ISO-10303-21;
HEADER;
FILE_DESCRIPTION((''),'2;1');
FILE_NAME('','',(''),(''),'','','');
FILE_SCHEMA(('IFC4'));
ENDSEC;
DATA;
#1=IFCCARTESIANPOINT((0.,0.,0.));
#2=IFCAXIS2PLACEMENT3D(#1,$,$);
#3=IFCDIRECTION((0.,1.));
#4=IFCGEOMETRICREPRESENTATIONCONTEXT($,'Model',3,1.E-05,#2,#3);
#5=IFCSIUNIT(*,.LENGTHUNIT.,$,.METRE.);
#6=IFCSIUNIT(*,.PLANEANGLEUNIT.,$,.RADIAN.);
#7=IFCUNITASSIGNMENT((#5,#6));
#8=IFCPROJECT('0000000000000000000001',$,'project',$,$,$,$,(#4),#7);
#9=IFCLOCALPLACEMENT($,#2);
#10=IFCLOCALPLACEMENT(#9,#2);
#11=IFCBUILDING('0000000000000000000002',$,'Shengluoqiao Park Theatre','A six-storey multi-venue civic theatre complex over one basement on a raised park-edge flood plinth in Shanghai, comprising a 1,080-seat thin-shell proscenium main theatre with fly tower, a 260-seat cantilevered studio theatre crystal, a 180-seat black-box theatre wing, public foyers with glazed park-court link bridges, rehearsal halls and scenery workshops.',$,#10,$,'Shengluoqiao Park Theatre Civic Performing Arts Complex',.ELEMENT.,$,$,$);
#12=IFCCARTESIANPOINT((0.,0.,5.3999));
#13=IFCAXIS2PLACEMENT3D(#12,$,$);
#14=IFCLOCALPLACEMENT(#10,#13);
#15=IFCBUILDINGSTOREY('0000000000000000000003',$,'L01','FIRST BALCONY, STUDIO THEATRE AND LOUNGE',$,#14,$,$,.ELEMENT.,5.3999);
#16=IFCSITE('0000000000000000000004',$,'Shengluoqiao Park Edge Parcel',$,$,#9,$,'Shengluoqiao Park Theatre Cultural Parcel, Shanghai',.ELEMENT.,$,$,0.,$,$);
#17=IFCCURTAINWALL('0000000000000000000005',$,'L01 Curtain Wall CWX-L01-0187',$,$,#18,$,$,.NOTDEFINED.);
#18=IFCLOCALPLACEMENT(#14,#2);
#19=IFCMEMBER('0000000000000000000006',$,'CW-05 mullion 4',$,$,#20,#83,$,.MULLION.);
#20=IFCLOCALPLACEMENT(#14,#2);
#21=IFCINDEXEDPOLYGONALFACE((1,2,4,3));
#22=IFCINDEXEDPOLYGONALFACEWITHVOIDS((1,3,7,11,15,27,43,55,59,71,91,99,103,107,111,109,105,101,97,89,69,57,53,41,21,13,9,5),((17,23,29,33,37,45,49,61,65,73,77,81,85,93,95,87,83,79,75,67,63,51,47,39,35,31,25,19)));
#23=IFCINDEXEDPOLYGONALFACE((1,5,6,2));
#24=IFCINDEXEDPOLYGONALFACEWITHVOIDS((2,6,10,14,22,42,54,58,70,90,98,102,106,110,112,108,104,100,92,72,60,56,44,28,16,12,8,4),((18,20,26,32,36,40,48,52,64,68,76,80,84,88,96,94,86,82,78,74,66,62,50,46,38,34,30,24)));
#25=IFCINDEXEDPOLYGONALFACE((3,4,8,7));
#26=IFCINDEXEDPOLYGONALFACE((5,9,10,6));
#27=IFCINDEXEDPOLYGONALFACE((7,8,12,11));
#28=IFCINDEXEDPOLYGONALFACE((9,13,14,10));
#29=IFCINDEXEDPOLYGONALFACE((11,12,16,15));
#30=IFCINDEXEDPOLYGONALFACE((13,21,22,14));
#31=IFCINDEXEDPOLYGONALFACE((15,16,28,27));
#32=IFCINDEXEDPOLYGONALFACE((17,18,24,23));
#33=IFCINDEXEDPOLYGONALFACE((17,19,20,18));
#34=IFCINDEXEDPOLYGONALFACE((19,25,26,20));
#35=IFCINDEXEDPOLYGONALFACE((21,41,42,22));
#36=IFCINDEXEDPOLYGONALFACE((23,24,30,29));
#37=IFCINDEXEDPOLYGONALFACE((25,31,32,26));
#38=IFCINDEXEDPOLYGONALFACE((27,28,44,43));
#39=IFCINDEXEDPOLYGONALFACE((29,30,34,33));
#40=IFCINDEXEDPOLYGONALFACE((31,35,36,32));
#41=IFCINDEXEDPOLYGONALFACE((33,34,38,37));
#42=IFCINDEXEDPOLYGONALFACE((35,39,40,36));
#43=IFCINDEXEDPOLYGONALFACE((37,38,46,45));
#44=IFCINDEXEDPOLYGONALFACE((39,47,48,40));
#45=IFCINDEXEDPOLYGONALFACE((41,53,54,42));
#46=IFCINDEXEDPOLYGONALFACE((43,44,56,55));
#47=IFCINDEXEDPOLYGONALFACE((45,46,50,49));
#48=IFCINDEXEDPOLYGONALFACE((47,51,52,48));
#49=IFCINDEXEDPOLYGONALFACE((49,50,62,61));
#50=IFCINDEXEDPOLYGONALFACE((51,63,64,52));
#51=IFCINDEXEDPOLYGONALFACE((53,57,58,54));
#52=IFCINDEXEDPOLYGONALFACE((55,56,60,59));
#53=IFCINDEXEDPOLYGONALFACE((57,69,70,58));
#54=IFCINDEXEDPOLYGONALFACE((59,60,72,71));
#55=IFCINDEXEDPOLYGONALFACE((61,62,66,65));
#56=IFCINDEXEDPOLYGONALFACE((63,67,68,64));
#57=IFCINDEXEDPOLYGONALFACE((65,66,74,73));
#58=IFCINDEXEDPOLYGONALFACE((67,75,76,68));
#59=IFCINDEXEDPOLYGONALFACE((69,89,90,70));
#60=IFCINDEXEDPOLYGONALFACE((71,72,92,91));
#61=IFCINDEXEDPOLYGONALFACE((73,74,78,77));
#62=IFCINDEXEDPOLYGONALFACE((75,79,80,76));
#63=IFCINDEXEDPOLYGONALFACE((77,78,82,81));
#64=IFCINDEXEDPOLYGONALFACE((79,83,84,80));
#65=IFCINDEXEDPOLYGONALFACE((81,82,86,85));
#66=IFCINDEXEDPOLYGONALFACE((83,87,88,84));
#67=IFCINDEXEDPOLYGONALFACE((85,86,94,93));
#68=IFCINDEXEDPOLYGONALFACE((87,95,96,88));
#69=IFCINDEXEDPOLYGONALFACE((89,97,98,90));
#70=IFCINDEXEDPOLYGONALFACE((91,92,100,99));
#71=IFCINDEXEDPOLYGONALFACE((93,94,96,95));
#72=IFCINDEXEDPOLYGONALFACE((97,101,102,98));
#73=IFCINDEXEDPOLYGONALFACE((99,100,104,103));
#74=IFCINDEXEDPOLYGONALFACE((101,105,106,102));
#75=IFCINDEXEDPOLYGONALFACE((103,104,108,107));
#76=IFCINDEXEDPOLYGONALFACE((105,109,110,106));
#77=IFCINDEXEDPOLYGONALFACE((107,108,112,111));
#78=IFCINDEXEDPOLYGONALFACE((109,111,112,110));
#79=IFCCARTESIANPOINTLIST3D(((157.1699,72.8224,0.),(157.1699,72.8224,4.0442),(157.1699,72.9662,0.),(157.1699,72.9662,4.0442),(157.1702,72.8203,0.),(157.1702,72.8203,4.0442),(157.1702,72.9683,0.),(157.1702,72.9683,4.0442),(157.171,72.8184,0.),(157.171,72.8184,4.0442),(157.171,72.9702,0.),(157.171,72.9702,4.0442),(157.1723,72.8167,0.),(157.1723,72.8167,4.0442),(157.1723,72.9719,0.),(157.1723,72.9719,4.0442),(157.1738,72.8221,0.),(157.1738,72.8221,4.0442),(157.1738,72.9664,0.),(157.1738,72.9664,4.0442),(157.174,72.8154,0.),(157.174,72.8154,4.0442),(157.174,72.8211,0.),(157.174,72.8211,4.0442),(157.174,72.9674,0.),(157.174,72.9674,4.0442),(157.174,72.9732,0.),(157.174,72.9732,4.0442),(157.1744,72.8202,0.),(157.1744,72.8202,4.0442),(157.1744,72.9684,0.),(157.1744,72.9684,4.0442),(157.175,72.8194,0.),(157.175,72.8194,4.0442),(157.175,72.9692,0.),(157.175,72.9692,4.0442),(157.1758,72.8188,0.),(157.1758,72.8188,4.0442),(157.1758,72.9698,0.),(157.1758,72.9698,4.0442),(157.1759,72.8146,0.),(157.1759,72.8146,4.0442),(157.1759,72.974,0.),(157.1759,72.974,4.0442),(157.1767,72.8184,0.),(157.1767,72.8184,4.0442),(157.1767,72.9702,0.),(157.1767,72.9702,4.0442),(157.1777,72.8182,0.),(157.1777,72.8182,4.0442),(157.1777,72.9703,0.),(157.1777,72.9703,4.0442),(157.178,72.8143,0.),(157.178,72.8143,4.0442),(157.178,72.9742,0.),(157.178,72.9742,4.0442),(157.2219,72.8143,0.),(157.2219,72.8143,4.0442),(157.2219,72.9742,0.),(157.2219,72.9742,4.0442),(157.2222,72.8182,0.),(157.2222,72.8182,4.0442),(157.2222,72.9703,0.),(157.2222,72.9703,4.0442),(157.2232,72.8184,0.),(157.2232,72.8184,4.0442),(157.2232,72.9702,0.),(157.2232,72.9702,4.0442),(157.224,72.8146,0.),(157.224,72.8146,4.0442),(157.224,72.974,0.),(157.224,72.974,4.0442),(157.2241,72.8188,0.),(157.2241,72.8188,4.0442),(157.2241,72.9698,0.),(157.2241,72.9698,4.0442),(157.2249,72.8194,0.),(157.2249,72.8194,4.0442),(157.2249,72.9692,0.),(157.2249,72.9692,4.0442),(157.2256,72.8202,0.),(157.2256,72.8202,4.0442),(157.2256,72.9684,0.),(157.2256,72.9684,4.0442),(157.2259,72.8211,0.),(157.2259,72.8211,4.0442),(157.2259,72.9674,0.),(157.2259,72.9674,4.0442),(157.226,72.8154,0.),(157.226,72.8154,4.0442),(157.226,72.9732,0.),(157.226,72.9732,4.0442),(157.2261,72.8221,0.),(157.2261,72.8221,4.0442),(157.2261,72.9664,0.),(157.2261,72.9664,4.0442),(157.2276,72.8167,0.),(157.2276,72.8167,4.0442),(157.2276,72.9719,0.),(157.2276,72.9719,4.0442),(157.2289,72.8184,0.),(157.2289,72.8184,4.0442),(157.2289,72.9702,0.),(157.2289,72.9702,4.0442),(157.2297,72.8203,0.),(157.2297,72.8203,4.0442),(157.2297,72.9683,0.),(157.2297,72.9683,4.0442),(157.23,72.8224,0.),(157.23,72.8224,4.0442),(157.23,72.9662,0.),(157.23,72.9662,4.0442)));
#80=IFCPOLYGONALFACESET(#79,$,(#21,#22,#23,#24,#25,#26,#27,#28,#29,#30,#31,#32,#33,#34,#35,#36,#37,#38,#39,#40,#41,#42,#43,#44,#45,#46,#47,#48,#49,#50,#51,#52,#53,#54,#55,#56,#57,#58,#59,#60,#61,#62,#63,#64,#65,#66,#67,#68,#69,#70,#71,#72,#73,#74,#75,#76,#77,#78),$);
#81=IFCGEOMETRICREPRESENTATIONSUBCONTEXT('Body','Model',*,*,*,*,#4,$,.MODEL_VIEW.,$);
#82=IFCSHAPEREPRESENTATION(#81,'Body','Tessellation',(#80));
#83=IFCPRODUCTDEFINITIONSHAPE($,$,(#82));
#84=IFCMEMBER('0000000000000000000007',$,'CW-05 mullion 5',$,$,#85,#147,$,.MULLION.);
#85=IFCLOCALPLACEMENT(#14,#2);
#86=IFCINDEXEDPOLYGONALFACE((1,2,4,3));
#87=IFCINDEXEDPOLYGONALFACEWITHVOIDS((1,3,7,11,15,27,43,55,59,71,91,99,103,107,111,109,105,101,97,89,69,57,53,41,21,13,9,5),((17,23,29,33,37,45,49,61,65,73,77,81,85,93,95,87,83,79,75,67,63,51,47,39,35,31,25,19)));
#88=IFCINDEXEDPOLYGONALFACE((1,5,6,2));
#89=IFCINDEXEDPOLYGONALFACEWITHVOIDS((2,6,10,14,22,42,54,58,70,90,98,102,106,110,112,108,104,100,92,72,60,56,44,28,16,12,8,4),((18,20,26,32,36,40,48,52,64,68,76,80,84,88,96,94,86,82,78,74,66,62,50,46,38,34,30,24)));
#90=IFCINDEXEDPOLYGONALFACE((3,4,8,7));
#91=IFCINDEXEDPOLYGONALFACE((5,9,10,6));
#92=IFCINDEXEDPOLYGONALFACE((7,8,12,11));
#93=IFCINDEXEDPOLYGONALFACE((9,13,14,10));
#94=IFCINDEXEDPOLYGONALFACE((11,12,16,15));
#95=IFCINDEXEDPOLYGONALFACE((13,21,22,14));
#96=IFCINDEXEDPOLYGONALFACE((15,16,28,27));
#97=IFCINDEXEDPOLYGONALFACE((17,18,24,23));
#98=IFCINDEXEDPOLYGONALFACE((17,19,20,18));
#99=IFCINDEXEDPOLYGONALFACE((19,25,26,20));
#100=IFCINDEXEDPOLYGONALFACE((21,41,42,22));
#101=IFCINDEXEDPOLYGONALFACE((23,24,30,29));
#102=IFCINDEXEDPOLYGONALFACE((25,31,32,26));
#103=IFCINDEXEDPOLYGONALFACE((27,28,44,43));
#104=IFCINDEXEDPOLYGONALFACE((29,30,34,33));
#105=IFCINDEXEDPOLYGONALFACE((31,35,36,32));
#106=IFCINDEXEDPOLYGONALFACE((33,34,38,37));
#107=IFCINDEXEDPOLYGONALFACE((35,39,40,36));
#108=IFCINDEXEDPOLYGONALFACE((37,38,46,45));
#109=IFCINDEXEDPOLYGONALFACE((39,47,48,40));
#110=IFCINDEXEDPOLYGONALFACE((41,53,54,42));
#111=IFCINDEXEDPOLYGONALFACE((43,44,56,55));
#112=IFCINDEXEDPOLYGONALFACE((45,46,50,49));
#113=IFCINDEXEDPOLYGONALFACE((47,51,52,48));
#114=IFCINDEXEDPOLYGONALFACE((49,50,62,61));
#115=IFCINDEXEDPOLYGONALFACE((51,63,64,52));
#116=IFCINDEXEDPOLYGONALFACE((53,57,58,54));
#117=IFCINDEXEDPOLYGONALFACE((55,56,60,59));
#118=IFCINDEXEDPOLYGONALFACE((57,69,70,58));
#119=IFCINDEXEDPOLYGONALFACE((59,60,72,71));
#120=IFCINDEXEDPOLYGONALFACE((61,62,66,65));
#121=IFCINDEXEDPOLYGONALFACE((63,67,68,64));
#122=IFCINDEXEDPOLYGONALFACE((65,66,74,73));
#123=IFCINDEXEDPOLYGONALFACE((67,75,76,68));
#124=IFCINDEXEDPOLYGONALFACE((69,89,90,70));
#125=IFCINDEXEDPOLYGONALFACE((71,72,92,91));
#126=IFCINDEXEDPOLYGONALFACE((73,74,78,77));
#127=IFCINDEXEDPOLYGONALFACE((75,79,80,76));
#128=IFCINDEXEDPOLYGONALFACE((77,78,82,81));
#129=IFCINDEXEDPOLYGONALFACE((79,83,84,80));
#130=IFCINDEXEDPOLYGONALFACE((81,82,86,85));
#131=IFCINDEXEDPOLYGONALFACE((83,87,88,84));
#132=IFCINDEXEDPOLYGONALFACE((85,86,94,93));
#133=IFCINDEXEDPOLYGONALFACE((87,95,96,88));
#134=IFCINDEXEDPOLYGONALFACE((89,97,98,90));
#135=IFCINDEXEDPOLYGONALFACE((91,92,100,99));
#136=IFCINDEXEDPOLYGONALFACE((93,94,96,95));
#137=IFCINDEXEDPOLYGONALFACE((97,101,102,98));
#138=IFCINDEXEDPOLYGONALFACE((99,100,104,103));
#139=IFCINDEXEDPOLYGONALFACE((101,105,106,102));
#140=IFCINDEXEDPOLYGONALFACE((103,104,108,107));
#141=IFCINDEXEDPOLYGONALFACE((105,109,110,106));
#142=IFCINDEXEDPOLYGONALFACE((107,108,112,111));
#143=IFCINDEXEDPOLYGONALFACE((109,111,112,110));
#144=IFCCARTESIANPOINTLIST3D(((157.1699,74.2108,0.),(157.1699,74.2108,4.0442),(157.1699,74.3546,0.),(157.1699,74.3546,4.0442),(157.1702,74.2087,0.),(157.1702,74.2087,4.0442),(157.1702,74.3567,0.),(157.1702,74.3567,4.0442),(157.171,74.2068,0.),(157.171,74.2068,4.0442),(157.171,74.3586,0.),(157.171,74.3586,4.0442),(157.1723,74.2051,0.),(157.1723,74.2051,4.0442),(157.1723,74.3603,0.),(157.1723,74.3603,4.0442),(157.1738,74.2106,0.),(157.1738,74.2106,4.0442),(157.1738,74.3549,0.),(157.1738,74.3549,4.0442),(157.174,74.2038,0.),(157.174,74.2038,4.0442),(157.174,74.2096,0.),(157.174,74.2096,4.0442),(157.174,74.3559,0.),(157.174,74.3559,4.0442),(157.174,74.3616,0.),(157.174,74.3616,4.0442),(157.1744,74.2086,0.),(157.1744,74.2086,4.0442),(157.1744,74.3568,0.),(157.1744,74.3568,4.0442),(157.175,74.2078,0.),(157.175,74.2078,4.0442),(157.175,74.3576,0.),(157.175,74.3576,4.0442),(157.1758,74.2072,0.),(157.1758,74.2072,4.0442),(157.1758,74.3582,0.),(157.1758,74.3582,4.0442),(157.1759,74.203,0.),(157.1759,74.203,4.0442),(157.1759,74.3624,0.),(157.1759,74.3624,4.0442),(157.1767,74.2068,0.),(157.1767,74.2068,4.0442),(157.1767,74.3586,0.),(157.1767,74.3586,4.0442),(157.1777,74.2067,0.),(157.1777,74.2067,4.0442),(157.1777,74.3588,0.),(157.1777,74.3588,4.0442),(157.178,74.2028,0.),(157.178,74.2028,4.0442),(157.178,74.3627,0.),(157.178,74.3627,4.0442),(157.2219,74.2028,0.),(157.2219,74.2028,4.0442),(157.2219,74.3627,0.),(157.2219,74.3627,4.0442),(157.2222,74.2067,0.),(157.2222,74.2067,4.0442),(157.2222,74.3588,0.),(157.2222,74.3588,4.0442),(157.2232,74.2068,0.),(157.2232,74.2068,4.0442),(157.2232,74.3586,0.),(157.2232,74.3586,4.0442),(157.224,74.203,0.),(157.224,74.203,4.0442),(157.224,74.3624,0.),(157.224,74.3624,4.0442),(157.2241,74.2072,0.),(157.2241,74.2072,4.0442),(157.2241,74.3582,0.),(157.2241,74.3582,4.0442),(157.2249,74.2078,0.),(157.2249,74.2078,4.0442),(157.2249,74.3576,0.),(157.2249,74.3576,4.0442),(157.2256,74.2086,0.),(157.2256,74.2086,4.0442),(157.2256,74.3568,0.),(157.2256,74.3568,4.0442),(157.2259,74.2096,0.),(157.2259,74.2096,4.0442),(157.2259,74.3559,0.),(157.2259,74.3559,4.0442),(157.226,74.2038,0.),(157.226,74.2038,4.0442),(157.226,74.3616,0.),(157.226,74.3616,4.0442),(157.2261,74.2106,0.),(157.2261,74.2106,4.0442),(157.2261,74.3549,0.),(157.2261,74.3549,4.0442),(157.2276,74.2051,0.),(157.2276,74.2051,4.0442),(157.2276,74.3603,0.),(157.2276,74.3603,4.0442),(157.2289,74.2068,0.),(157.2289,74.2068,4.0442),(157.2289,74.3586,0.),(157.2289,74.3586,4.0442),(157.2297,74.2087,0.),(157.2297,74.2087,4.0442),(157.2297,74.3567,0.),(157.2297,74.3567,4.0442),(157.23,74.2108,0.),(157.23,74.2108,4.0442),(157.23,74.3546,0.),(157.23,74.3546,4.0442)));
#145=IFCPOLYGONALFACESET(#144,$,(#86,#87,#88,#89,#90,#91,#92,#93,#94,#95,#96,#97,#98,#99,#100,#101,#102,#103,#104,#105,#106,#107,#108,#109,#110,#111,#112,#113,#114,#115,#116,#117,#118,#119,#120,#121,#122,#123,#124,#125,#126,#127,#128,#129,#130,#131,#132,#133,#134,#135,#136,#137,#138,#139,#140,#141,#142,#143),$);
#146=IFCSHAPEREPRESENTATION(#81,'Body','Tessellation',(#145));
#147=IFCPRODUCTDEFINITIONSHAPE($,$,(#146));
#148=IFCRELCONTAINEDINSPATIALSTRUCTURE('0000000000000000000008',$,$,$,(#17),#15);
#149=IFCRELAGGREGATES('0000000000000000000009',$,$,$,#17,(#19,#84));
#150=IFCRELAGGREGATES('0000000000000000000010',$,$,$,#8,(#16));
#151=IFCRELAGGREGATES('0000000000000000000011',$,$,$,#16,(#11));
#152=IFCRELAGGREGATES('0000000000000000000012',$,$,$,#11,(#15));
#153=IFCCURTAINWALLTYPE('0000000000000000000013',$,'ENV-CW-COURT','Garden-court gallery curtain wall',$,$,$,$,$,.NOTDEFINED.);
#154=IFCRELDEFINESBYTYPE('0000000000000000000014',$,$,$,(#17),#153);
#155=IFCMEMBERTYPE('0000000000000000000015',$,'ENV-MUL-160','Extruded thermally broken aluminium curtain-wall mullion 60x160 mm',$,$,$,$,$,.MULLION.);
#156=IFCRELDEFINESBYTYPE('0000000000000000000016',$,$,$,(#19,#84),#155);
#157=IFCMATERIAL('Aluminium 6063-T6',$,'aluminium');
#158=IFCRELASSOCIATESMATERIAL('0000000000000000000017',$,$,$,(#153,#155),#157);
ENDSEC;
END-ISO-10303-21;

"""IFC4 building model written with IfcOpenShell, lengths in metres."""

from ifc_helpers import new_model, si_unit, direction, frame, origin, origin_2d, place, context, subcontext, project, spatial, hollow_rectangle, extrude, material, material_profile, profile_set, type_object, element, aggregate, save


model = new_model("IFC4")

# Units and contexts
model_context = context("Model", 3, precision=1e-05, world=origin(), true_north=direction((0.0, 1.0)))
body_context = subcontext(model_context, "Body", "Model", "MODEL_VIEW")
ifc_project = project(units=[si_unit("LENGTHUNIT", "METRE"), si_unit("PLANEANGLEUNIT", "RADIAN")], contexts=[model_context])

# Site, building, storey
site_placement = place(None, origin())
site = spatial("IfcSite", under=ifc_project, at=site_placement, Name="Shengluoqiao Park Edge Parcel", LongName="Shengluoqiao Park Theatre Cultural Parcel, Shanghai", CompositionType="ELEMENT", RefElevation=0.0)
building_placement = place(site_placement, origin())
building = spatial("IfcBuilding", under=site, at=building_placement, Name="Shengluoqiao Park Theatre", Description="A six-storey multi-venue civic theatre complex over one basement on a raised park-edge flood plinth in Shanghai, comprising a 1,080-seat thin-shell proscenium main theatre with fly tower, a 260-seat cantilevered studio theatre crystal, a 180-seat black-box theatre wing, public foyers with glazed park-court link bridges, rehearsal halls and scenery workshops.", LongName="Shengluoqiao Park Theatre Civic Performing Arts Complex", CompositionType="ELEMENT")
storey_placement = place(building_placement, frame((0.0, 0.0, 5.3999)))
storey = spatial("IfcBuildingStorey", under=building, at=storey_placement, Name="L01", Description="FIRST BALCONY, STUDIO THEATRE AND LOUNGE", CompositionType="ELEMENT", Elevation=5.3999)

# Curtain wall, members
ifc_material_1 = material(Name="Aluminium 6063-T6", Category="aluminium")
curtain_wall_type = type_object("IfcCurtainWallType", Name="ENV-CW-COURT", Description="Garden-court gallery curtain wall", PredefinedType="NOTDEFINED", material=ifc_material_1)
curtain_wall_placement = place(storey_placement, origin())
curtain_wall = element("IfcCurtainWall", 1, at=curtain_wall_placement, inside=storey, type_object=curtain_wall_type, Name="L01 Curtain Wall CWX-L01-0187", PredefinedType="NOTDEFINED")
ifc_material_profile_1 = material_profile(ifc_material_1, hollow_rectangle(XDim=0.0601, YDim=0.1599, WallThickness=0.0039, InnerFilletRadius=0.0039, OuterFilletRadius=0.0081, at=origin_2d()), Name="ALU MULLION 160x60x4")
ifc_profile_set_1 = profile_set([ifc_material_profile_1], Name="Aluminium 6063-T6")
member_type_1 = type_object("IfcMemberType", Name="ENV-MUL-160", Description="Extruded thermally broken aluminium curtain-wall mullion 60x160 mm", PredefinedType="MULLION", material=ifc_profile_set_1)
member_1_placement = place(storey_placement, frame((157.2, 72.8943, 0.0), z_axis=(0.0, 0.0, 1.0), x_axis=(-1.0, 0.0, 0.0)))
member_1 = element("IfcMember", 2, at=member_1_placement, type_object=member_type_1, Name="CW-05 mullion 4", PredefinedType="MULLION", context=body_context, shape_type="SweptSolid", body=[
    extrude(hollow_rectangle(XDim=0.0601, YDim=0.1599, WallThickness=0.0039, InnerFilletRadius=0.0039, OuterFilletRadius=0.0081, at=origin_2d()), origin(), (0.0, 0.0, 1.0), 4.0442),
])
member_2_placement = place(storey_placement, frame((157.2, 74.2827, 0.0), z_axis=(0.0, 0.0, 1.0), x_axis=(-1.0, 0.0, 0.0)))
member_2 = element("IfcMember", 3, at=member_2_placement, type_object=member_type_1, Name="CW-05 mullion 5", PredefinedType="MULLION", context=body_context, shape_type="SweptSolid", body=[
    extrude(hollow_rectangle(XDim=0.0601, YDim=0.1599, WallThickness=0.0039, InnerFilletRadius=0.0039, OuterFilletRadius=0.0081, at=origin_2d()), origin(), (0.0, 0.0, 1.0), 4.0442),
])

aggregate(curtain_wall, [member_1, member_2])

save(model, "model.ifc")
